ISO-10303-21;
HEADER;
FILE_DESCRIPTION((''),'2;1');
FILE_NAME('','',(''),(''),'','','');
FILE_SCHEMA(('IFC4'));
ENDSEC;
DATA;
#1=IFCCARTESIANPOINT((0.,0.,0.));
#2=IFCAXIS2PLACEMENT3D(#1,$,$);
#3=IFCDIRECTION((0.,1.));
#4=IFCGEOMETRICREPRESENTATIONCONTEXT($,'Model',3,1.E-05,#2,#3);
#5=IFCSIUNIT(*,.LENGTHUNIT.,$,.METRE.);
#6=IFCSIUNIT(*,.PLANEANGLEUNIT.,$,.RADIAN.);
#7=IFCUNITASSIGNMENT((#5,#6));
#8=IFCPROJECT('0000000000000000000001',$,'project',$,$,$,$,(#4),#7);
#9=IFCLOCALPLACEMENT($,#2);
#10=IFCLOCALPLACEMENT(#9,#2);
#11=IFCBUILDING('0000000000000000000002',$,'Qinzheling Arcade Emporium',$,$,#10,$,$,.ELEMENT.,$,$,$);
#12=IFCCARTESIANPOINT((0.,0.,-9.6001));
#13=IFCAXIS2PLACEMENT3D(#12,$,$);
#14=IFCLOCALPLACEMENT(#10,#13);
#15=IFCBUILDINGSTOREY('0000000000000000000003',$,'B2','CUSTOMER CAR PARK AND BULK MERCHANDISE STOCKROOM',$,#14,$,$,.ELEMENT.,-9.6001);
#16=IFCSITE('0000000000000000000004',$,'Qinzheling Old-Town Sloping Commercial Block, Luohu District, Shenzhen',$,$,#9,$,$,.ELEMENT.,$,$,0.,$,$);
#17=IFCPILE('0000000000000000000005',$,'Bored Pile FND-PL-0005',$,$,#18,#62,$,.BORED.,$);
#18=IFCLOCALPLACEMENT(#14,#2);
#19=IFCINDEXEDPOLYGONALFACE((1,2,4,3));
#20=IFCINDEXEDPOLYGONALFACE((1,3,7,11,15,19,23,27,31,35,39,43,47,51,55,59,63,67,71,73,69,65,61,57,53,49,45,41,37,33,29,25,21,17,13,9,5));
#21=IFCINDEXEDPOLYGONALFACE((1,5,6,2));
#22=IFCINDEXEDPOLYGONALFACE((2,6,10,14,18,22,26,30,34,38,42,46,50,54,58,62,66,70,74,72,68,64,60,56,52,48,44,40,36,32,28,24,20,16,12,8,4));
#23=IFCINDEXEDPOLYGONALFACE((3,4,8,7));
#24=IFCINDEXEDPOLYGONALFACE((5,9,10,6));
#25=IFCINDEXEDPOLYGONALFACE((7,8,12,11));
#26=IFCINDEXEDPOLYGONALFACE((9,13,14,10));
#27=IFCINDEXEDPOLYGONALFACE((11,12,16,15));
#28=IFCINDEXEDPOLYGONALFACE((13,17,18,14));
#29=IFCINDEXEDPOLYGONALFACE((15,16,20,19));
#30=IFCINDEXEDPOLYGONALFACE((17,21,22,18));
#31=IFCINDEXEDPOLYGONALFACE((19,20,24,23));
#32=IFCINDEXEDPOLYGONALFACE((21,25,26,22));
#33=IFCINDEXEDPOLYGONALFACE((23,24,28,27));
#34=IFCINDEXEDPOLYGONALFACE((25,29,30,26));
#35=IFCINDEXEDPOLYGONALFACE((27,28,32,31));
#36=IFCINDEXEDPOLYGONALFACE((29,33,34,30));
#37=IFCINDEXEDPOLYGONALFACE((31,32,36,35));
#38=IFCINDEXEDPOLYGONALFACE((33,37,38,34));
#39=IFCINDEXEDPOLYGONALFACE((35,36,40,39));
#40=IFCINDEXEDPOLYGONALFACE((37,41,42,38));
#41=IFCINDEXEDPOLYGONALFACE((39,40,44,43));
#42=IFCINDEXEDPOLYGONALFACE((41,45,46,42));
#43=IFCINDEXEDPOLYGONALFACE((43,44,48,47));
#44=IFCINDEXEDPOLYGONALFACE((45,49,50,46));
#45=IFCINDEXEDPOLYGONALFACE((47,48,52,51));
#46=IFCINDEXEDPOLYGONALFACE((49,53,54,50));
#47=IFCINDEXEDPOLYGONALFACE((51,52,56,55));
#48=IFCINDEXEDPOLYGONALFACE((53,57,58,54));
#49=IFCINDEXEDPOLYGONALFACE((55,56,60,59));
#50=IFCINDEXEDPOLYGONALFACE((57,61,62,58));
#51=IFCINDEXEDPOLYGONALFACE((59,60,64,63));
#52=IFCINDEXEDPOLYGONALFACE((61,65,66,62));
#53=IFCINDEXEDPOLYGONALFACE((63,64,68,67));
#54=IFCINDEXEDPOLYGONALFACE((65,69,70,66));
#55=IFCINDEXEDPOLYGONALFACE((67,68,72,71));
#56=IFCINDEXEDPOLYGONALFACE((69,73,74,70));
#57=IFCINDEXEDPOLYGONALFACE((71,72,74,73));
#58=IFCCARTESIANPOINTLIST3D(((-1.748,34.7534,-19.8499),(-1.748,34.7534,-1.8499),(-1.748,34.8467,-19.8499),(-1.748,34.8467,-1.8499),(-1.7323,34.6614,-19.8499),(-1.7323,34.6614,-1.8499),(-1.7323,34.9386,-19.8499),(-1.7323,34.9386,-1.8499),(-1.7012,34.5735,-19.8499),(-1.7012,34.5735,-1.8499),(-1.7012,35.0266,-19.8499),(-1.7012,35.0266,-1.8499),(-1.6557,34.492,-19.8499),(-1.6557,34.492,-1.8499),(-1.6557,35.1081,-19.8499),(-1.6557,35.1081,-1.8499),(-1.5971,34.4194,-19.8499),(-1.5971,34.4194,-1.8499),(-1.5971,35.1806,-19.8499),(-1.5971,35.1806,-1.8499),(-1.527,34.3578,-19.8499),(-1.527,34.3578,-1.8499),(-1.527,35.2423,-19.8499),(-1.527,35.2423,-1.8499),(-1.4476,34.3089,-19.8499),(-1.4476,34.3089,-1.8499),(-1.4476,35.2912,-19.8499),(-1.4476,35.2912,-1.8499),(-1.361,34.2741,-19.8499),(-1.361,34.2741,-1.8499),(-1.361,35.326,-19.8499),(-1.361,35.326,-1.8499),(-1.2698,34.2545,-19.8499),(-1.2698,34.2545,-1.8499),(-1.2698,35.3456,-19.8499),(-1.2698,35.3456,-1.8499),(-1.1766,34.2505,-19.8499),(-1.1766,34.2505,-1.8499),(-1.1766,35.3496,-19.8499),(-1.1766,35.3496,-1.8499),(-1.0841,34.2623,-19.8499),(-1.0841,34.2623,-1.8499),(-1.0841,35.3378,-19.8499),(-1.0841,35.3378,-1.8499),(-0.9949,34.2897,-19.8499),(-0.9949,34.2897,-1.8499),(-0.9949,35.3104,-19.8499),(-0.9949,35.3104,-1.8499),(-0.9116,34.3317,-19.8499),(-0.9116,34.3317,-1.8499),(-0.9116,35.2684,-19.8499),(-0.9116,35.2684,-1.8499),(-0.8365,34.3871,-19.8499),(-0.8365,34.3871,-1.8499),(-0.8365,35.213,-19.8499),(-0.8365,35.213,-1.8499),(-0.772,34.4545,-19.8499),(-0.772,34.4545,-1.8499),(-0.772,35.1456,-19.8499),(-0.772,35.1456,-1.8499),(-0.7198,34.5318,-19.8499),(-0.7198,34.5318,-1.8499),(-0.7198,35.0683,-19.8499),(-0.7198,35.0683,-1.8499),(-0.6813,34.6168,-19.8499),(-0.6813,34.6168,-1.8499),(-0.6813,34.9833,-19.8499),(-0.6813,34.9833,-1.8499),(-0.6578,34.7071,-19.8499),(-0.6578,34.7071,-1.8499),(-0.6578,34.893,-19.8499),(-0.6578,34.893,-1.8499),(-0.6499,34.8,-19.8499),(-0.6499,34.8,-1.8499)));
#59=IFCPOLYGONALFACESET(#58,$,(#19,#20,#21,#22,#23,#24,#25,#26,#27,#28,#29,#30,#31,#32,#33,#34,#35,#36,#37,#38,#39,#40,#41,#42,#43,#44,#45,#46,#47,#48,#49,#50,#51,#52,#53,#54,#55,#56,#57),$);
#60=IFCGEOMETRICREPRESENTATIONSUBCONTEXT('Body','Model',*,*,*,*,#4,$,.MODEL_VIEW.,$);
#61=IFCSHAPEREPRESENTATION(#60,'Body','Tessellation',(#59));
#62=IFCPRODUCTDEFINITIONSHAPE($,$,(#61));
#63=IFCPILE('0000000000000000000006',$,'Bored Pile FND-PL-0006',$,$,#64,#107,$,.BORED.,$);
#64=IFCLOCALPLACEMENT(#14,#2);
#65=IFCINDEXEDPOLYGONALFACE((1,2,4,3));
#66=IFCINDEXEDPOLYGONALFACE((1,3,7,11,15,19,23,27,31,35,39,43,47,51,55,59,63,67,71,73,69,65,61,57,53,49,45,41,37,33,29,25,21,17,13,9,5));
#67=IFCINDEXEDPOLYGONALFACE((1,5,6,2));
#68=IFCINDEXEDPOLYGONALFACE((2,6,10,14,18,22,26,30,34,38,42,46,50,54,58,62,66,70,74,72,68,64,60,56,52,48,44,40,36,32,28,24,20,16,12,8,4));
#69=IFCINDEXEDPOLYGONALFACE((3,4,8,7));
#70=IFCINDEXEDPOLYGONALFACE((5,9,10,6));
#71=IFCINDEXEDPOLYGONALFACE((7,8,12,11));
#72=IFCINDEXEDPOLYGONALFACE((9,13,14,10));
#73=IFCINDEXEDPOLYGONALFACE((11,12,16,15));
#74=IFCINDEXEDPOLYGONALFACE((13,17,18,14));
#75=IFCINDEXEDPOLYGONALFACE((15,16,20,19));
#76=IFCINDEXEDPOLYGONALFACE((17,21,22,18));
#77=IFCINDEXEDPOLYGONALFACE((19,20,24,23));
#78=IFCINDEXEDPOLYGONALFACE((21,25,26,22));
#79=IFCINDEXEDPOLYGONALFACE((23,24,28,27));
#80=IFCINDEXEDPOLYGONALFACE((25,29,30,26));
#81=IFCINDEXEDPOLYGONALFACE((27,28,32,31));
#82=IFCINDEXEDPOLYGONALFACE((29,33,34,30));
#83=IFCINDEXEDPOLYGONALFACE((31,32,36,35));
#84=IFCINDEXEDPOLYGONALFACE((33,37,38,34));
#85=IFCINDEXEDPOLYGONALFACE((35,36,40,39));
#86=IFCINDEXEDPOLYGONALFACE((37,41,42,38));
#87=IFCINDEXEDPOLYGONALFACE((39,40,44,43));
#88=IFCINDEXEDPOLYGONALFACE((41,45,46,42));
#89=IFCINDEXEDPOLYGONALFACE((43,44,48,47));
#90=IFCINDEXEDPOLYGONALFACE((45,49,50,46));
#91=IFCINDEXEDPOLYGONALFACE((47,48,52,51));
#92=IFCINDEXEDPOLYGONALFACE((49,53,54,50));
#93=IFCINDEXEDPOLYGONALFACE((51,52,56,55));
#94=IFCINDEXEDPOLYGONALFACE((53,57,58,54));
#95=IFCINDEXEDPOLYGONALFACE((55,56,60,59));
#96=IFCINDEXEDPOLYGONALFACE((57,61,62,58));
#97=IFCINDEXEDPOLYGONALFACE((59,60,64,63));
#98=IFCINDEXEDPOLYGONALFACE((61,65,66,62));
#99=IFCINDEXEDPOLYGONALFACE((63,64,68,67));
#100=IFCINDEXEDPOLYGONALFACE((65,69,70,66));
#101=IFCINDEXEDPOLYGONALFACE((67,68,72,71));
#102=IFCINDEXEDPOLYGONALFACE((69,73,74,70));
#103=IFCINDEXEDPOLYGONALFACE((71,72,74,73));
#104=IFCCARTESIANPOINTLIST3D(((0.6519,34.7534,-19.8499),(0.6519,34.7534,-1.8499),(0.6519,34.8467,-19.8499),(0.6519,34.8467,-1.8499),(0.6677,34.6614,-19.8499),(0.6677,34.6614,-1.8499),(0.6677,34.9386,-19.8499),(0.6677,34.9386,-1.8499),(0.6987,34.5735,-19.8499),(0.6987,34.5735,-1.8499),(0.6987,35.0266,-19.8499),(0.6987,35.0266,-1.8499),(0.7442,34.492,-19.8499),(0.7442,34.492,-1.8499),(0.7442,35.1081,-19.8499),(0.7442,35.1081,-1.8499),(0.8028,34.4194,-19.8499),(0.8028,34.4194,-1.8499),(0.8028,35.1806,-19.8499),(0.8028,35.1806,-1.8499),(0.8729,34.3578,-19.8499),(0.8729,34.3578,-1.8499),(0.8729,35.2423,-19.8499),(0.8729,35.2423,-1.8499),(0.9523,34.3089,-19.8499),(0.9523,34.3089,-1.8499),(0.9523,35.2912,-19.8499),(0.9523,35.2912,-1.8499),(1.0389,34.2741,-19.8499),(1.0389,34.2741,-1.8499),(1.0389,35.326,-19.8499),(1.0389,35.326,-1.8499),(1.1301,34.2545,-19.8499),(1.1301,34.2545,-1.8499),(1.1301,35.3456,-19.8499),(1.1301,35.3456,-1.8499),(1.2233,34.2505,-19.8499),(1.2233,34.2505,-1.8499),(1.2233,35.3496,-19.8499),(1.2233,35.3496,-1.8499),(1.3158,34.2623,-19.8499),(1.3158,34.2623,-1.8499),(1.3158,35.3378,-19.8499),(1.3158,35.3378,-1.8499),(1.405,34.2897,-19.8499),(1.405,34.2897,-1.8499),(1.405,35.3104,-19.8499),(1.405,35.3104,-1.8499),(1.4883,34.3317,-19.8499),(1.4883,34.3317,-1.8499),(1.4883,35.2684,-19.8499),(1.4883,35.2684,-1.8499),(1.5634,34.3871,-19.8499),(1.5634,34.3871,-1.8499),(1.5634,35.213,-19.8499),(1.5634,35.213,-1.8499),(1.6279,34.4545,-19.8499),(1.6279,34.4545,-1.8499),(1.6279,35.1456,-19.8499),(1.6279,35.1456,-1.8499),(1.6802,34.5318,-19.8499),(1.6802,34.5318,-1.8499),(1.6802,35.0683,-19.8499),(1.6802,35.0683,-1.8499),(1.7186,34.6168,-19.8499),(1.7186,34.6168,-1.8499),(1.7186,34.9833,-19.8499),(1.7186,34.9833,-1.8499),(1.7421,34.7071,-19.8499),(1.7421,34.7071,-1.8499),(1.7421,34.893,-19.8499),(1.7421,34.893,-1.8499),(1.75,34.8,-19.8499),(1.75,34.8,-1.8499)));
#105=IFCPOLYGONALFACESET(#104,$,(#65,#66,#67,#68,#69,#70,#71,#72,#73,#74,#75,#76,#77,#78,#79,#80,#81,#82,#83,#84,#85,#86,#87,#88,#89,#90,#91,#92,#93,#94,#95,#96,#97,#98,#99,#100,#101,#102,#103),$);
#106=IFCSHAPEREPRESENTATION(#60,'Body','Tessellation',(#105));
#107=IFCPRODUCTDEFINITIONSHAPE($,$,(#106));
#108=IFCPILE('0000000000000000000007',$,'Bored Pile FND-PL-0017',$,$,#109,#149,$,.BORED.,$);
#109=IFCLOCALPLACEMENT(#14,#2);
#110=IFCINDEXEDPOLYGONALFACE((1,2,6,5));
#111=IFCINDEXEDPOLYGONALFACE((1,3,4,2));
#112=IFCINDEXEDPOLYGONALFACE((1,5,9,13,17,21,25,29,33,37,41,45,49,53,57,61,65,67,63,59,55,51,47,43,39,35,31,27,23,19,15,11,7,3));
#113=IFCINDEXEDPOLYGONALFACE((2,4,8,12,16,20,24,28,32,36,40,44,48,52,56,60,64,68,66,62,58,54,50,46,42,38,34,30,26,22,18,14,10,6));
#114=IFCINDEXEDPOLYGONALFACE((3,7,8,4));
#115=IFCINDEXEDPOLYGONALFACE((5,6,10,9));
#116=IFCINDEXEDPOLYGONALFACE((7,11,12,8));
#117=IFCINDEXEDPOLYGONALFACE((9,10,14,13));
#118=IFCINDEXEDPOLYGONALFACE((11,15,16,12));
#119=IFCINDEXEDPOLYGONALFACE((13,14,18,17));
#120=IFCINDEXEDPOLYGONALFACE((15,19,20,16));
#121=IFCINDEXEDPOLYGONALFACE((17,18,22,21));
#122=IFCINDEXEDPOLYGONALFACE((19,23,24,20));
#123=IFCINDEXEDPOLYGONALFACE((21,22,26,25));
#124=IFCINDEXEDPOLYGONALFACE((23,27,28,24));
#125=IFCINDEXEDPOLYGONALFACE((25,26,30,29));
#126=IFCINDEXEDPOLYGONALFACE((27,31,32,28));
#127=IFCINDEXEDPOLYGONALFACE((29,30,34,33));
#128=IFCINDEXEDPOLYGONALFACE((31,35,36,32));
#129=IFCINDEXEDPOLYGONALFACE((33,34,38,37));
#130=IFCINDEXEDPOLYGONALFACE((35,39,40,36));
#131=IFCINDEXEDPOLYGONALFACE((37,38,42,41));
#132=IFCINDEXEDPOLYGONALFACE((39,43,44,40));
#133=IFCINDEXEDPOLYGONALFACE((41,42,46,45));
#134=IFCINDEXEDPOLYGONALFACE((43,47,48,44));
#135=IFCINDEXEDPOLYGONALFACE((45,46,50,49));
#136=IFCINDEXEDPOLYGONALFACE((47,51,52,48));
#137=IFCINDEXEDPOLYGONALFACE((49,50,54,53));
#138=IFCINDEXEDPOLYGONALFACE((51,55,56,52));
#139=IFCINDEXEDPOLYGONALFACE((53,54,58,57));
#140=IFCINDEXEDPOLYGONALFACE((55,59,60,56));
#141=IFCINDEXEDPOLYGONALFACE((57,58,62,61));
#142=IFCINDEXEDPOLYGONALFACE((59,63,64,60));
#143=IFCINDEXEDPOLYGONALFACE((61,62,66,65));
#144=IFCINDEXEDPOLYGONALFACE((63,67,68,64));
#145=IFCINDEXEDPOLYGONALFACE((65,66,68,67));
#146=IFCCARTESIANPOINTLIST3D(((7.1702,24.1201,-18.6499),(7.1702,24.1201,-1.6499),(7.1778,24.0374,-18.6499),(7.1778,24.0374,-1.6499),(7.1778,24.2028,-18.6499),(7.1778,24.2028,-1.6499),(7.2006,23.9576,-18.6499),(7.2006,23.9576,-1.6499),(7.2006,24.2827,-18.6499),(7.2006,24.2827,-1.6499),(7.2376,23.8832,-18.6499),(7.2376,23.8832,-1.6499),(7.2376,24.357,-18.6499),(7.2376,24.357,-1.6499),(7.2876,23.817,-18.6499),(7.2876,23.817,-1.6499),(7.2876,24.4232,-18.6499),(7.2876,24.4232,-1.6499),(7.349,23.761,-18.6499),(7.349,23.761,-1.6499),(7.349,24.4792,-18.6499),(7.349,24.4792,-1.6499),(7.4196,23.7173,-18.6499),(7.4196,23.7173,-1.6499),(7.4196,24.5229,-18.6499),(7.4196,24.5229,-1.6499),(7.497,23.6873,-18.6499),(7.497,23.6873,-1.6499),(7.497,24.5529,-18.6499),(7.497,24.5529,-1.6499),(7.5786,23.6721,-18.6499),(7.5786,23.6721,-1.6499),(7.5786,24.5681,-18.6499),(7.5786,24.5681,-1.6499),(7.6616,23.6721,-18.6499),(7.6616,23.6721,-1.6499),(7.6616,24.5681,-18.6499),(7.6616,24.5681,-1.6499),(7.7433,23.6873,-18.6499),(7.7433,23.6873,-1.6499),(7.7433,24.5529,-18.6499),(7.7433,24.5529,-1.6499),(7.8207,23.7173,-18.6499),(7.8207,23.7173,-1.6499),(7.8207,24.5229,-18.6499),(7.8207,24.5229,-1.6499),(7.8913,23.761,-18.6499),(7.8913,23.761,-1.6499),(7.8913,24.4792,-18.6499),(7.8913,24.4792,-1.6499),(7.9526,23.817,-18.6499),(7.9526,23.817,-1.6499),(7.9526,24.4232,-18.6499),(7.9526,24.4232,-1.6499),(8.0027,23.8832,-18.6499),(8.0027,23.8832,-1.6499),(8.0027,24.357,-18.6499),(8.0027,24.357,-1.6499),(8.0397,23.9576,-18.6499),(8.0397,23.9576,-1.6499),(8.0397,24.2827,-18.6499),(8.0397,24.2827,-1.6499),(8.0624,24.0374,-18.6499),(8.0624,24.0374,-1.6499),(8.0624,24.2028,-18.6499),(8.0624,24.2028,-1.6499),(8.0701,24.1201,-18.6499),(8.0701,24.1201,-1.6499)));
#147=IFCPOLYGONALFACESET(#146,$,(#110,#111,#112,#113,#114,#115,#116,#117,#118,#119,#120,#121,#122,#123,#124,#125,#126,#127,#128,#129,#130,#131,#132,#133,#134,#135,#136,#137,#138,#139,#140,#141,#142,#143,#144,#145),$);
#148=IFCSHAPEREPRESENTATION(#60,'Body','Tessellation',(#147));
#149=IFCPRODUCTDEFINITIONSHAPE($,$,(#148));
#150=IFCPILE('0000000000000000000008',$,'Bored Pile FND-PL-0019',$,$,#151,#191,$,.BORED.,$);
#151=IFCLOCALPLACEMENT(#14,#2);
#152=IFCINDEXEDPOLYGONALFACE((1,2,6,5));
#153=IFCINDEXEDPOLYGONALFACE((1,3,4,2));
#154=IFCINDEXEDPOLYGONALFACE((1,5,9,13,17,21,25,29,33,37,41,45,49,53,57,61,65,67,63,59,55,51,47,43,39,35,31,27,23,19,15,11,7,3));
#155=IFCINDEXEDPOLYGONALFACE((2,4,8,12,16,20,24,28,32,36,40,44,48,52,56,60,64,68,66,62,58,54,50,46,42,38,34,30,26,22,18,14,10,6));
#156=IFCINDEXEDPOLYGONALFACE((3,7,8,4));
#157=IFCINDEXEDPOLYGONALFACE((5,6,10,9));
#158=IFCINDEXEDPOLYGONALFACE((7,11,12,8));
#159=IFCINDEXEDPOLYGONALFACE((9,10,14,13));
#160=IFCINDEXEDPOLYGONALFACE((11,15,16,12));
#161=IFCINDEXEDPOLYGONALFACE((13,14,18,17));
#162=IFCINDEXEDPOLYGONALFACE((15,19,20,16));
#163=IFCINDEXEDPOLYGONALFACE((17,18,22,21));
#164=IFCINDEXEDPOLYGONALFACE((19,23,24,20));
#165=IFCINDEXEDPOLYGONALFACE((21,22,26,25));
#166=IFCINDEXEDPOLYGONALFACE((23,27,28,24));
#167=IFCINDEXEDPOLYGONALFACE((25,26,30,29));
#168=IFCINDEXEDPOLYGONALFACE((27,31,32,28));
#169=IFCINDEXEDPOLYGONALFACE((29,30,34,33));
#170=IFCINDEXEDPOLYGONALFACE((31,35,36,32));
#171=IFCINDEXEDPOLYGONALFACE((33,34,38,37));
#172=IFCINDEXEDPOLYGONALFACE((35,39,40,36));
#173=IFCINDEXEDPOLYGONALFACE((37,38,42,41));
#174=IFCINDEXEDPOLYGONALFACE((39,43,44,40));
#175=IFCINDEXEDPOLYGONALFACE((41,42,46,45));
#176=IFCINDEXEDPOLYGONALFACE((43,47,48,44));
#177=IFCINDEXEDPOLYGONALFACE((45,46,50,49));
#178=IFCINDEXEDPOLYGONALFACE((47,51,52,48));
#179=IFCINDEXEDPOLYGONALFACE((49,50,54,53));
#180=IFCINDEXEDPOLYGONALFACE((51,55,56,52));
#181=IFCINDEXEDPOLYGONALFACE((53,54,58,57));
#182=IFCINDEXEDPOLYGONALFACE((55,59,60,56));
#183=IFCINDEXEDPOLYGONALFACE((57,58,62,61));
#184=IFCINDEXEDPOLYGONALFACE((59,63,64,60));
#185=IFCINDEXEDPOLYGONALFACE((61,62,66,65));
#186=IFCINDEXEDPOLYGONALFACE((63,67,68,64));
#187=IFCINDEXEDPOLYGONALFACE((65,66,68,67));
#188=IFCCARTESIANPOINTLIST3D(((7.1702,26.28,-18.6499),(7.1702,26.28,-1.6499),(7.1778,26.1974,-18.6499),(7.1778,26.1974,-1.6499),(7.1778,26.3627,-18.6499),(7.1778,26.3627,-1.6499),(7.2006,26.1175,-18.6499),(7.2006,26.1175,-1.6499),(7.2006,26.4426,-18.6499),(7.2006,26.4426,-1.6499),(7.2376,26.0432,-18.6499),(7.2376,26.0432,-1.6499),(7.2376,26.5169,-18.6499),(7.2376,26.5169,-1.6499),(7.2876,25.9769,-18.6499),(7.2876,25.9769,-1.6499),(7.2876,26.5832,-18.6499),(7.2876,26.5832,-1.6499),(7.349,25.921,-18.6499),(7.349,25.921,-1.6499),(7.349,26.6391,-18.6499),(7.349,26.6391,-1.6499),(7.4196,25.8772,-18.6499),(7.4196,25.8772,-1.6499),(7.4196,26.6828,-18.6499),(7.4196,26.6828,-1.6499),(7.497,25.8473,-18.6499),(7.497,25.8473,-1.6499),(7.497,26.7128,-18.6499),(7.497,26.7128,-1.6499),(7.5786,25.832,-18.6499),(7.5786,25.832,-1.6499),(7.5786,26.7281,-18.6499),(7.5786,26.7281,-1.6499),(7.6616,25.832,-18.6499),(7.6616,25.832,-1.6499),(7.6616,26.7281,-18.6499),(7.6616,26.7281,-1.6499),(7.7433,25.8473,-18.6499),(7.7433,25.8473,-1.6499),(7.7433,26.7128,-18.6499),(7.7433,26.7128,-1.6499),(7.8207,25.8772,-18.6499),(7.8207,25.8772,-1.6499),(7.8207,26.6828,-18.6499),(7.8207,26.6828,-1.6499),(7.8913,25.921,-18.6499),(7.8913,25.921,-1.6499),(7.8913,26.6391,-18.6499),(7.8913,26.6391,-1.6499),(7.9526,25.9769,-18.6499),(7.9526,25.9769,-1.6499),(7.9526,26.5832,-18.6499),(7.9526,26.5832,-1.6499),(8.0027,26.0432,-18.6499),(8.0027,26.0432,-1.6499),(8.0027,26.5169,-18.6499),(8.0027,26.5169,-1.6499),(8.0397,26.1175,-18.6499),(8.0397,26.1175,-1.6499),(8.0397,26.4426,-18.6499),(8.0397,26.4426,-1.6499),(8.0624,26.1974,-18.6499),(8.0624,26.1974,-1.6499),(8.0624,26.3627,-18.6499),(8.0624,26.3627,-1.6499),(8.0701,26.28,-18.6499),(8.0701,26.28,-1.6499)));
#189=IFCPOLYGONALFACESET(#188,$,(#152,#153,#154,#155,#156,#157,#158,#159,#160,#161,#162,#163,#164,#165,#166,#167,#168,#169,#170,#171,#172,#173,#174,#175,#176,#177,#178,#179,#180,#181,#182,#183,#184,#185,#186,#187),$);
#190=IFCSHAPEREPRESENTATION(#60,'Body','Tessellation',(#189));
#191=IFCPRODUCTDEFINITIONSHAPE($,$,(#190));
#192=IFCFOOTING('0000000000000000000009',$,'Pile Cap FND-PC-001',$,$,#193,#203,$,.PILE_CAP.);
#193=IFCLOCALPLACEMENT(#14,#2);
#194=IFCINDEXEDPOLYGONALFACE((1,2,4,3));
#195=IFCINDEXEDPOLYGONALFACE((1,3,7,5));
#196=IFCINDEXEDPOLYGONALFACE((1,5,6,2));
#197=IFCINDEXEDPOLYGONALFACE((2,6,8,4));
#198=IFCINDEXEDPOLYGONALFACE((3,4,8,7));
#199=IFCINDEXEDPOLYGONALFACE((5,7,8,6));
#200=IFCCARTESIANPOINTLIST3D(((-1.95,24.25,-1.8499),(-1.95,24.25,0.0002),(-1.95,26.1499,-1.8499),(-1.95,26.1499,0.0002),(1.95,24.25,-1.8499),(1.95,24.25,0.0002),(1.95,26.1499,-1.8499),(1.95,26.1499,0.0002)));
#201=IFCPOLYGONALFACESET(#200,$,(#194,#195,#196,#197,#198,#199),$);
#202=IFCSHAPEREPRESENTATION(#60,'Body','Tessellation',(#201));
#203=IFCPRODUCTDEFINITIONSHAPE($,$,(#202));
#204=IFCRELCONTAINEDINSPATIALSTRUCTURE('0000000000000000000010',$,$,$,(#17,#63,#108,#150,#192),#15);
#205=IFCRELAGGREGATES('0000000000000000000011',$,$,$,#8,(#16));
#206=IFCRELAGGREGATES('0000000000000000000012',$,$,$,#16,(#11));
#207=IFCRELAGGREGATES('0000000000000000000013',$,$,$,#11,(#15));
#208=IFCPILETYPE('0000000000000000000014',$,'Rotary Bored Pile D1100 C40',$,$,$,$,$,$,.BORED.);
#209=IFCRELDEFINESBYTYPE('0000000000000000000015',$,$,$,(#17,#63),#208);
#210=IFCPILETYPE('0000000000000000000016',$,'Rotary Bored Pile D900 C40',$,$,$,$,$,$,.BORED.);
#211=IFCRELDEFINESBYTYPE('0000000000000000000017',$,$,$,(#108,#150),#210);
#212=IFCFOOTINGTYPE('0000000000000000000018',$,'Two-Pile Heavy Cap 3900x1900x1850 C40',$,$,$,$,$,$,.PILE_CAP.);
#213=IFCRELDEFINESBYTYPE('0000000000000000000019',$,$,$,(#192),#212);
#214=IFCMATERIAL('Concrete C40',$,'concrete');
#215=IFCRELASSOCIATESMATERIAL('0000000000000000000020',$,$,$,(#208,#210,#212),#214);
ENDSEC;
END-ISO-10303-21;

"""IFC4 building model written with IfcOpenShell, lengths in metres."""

from ifc_helpers import new_model, si_unit, direction, frame, origin, origin_2d, place, context, subcontext, project, spatial, rectangle, circle, extrude, material, material_profile, profile_set, type_object, element, save


model = new_model("IFC4")

# Units and contexts
model_context = context("Model", 3, precision=1e-05, world=origin(), true_north=direction((0.0, 1.0)))
body_context = subcontext(model_context, "Body", "Model", "MODEL_VIEW")
ifc_project = project(units=[si_unit("LENGTHUNIT", "METRE"), si_unit("PLANEANGLEUNIT", "RADIAN")], contexts=[model_context])

# Site, building, storey
site_placement = place(None, origin())
site = spatial("IfcSite", under=ifc_project, at=site_placement, Name="Qinzheling Old-Town Sloping Commercial Block, Luohu District, Shenzhen", CompositionType="ELEMENT", RefElevation=0.0)
building_placement = place(site_placement, origin())
building = spatial("IfcBuilding", under=site, at=building_placement, Name="Qinzheling Arcade Emporium", CompositionType="ELEMENT")
storey_placement = place(building_placement, frame((0.0, 0.0, -9.6001)))
storey = spatial("IfcBuildingStorey", under=building, at=storey_placement, Name="B2", Description="CUSTOMER CAR PARK AND BULK MERCHANDISE STOCKROOM", CompositionType="ELEMENT", Elevation=-9.6001)

# Shared definitions
ifc_material_1 = material(Name="Concrete C40", Category="concrete")

# Piles
ifc_material_profile_1 = material_profile(ifc_material_1, circle(Radius=0.55, at=origin_2d()), Name="BORED D1100", Category="concrete")
ifc_profile_set_1 = profile_set([ifc_material_profile_1], Name="Concrete C40")
pile_type_1 = type_object("IfcPileType", Name="Rotary Bored Pile D1100 C40", PredefinedType="BORED", material=ifc_profile_set_1)
for number, where, z_axis, x_axis, name in (
    (1, (-1.2, 34.8, -1.8499), (0.0, 0.0, -1.0), (1.0, 0.0, 0.0), "Bored Pile FND-PL-0005"),
    (2, (1.2, 34.8, -1.8499), (0.0, 0.0, -1.0), (1.0, 0.0, 0.0), "Bored Pile FND-PL-0006"),
):
    element("IfcPile", number, at=place(storey_placement, frame(where, z_axis=z_axis, x_axis=x_axis)), inside=storey, type_object=pile_type_1, Name=name, PredefinedType="BORED", context=body_context, shape_type="SweptSolid", body=[
        extrude(circle(Radius=0.55, at=origin_2d()), origin(), (0.0, 0.0, 1.0), 18.0),
    ])
ifc_material_profile_2 = material_profile(ifc_material_1, circle(Radius=0.45, at=origin_2d()), Name="BORED D900", Category="concrete")
ifc_profile_set_2 = profile_set([ifc_material_profile_2], Name="Concrete C40")
pile_type_2 = type_object("IfcPileType", Name="Rotary Bored Pile D900 C40", PredefinedType="BORED", material=ifc_profile_set_2)
for number, where, z_axis, x_axis, name in (
    (3, (7.6201, 24.1201, -1.6499), (0.0, 0.0, -1.0), (1.0, 0.0, 0.0), "Bored Pile FND-PL-0017"),
    (4, (7.6201, 26.28, -1.6499), (0.0, 0.0, -1.0), (1.0, 0.0, 0.0), "Bored Pile FND-PL-0019"),
):
    element("IfcPile", number, at=place(storey_placement, frame(where, z_axis=z_axis, x_axis=x_axis)), inside=storey, type_object=pile_type_2, Name=name, PredefinedType="BORED", context=body_context, shape_type="SweptSolid", body=[
        extrude(circle(Radius=0.45, at=origin_2d()), origin(), (0.0, 0.0, 1.0), 17.0),
    ])

# Footing
footing_type_1 = type_object("IfcFootingType", Name="Two-Pile Heavy Cap 3900x1900x1850 C40", PredefinedType="PILE_CAP", material=ifc_material_1)
footing_1_placement = place(storey_placement, frame((0.0, 25.2, -1.8499), z_axis=(0.0, 0.0, 1.0), x_axis=(1.0, 0.0, 0.0)))
element("IfcFooting", 5, at=footing_1_placement, inside=storey, type_object=footing_type_1, Name="Pile Cap FND-PC-001", PredefinedType="PILE_CAP", context=body_context, shape_type="SweptSolid", body=[
    extrude(rectangle(XDim=3.8999, YDim=1.8999, at=origin_2d()), origin(), (0.0, 0.0, 1.0), 1.8501),
])

save(model, "model.ifc")
